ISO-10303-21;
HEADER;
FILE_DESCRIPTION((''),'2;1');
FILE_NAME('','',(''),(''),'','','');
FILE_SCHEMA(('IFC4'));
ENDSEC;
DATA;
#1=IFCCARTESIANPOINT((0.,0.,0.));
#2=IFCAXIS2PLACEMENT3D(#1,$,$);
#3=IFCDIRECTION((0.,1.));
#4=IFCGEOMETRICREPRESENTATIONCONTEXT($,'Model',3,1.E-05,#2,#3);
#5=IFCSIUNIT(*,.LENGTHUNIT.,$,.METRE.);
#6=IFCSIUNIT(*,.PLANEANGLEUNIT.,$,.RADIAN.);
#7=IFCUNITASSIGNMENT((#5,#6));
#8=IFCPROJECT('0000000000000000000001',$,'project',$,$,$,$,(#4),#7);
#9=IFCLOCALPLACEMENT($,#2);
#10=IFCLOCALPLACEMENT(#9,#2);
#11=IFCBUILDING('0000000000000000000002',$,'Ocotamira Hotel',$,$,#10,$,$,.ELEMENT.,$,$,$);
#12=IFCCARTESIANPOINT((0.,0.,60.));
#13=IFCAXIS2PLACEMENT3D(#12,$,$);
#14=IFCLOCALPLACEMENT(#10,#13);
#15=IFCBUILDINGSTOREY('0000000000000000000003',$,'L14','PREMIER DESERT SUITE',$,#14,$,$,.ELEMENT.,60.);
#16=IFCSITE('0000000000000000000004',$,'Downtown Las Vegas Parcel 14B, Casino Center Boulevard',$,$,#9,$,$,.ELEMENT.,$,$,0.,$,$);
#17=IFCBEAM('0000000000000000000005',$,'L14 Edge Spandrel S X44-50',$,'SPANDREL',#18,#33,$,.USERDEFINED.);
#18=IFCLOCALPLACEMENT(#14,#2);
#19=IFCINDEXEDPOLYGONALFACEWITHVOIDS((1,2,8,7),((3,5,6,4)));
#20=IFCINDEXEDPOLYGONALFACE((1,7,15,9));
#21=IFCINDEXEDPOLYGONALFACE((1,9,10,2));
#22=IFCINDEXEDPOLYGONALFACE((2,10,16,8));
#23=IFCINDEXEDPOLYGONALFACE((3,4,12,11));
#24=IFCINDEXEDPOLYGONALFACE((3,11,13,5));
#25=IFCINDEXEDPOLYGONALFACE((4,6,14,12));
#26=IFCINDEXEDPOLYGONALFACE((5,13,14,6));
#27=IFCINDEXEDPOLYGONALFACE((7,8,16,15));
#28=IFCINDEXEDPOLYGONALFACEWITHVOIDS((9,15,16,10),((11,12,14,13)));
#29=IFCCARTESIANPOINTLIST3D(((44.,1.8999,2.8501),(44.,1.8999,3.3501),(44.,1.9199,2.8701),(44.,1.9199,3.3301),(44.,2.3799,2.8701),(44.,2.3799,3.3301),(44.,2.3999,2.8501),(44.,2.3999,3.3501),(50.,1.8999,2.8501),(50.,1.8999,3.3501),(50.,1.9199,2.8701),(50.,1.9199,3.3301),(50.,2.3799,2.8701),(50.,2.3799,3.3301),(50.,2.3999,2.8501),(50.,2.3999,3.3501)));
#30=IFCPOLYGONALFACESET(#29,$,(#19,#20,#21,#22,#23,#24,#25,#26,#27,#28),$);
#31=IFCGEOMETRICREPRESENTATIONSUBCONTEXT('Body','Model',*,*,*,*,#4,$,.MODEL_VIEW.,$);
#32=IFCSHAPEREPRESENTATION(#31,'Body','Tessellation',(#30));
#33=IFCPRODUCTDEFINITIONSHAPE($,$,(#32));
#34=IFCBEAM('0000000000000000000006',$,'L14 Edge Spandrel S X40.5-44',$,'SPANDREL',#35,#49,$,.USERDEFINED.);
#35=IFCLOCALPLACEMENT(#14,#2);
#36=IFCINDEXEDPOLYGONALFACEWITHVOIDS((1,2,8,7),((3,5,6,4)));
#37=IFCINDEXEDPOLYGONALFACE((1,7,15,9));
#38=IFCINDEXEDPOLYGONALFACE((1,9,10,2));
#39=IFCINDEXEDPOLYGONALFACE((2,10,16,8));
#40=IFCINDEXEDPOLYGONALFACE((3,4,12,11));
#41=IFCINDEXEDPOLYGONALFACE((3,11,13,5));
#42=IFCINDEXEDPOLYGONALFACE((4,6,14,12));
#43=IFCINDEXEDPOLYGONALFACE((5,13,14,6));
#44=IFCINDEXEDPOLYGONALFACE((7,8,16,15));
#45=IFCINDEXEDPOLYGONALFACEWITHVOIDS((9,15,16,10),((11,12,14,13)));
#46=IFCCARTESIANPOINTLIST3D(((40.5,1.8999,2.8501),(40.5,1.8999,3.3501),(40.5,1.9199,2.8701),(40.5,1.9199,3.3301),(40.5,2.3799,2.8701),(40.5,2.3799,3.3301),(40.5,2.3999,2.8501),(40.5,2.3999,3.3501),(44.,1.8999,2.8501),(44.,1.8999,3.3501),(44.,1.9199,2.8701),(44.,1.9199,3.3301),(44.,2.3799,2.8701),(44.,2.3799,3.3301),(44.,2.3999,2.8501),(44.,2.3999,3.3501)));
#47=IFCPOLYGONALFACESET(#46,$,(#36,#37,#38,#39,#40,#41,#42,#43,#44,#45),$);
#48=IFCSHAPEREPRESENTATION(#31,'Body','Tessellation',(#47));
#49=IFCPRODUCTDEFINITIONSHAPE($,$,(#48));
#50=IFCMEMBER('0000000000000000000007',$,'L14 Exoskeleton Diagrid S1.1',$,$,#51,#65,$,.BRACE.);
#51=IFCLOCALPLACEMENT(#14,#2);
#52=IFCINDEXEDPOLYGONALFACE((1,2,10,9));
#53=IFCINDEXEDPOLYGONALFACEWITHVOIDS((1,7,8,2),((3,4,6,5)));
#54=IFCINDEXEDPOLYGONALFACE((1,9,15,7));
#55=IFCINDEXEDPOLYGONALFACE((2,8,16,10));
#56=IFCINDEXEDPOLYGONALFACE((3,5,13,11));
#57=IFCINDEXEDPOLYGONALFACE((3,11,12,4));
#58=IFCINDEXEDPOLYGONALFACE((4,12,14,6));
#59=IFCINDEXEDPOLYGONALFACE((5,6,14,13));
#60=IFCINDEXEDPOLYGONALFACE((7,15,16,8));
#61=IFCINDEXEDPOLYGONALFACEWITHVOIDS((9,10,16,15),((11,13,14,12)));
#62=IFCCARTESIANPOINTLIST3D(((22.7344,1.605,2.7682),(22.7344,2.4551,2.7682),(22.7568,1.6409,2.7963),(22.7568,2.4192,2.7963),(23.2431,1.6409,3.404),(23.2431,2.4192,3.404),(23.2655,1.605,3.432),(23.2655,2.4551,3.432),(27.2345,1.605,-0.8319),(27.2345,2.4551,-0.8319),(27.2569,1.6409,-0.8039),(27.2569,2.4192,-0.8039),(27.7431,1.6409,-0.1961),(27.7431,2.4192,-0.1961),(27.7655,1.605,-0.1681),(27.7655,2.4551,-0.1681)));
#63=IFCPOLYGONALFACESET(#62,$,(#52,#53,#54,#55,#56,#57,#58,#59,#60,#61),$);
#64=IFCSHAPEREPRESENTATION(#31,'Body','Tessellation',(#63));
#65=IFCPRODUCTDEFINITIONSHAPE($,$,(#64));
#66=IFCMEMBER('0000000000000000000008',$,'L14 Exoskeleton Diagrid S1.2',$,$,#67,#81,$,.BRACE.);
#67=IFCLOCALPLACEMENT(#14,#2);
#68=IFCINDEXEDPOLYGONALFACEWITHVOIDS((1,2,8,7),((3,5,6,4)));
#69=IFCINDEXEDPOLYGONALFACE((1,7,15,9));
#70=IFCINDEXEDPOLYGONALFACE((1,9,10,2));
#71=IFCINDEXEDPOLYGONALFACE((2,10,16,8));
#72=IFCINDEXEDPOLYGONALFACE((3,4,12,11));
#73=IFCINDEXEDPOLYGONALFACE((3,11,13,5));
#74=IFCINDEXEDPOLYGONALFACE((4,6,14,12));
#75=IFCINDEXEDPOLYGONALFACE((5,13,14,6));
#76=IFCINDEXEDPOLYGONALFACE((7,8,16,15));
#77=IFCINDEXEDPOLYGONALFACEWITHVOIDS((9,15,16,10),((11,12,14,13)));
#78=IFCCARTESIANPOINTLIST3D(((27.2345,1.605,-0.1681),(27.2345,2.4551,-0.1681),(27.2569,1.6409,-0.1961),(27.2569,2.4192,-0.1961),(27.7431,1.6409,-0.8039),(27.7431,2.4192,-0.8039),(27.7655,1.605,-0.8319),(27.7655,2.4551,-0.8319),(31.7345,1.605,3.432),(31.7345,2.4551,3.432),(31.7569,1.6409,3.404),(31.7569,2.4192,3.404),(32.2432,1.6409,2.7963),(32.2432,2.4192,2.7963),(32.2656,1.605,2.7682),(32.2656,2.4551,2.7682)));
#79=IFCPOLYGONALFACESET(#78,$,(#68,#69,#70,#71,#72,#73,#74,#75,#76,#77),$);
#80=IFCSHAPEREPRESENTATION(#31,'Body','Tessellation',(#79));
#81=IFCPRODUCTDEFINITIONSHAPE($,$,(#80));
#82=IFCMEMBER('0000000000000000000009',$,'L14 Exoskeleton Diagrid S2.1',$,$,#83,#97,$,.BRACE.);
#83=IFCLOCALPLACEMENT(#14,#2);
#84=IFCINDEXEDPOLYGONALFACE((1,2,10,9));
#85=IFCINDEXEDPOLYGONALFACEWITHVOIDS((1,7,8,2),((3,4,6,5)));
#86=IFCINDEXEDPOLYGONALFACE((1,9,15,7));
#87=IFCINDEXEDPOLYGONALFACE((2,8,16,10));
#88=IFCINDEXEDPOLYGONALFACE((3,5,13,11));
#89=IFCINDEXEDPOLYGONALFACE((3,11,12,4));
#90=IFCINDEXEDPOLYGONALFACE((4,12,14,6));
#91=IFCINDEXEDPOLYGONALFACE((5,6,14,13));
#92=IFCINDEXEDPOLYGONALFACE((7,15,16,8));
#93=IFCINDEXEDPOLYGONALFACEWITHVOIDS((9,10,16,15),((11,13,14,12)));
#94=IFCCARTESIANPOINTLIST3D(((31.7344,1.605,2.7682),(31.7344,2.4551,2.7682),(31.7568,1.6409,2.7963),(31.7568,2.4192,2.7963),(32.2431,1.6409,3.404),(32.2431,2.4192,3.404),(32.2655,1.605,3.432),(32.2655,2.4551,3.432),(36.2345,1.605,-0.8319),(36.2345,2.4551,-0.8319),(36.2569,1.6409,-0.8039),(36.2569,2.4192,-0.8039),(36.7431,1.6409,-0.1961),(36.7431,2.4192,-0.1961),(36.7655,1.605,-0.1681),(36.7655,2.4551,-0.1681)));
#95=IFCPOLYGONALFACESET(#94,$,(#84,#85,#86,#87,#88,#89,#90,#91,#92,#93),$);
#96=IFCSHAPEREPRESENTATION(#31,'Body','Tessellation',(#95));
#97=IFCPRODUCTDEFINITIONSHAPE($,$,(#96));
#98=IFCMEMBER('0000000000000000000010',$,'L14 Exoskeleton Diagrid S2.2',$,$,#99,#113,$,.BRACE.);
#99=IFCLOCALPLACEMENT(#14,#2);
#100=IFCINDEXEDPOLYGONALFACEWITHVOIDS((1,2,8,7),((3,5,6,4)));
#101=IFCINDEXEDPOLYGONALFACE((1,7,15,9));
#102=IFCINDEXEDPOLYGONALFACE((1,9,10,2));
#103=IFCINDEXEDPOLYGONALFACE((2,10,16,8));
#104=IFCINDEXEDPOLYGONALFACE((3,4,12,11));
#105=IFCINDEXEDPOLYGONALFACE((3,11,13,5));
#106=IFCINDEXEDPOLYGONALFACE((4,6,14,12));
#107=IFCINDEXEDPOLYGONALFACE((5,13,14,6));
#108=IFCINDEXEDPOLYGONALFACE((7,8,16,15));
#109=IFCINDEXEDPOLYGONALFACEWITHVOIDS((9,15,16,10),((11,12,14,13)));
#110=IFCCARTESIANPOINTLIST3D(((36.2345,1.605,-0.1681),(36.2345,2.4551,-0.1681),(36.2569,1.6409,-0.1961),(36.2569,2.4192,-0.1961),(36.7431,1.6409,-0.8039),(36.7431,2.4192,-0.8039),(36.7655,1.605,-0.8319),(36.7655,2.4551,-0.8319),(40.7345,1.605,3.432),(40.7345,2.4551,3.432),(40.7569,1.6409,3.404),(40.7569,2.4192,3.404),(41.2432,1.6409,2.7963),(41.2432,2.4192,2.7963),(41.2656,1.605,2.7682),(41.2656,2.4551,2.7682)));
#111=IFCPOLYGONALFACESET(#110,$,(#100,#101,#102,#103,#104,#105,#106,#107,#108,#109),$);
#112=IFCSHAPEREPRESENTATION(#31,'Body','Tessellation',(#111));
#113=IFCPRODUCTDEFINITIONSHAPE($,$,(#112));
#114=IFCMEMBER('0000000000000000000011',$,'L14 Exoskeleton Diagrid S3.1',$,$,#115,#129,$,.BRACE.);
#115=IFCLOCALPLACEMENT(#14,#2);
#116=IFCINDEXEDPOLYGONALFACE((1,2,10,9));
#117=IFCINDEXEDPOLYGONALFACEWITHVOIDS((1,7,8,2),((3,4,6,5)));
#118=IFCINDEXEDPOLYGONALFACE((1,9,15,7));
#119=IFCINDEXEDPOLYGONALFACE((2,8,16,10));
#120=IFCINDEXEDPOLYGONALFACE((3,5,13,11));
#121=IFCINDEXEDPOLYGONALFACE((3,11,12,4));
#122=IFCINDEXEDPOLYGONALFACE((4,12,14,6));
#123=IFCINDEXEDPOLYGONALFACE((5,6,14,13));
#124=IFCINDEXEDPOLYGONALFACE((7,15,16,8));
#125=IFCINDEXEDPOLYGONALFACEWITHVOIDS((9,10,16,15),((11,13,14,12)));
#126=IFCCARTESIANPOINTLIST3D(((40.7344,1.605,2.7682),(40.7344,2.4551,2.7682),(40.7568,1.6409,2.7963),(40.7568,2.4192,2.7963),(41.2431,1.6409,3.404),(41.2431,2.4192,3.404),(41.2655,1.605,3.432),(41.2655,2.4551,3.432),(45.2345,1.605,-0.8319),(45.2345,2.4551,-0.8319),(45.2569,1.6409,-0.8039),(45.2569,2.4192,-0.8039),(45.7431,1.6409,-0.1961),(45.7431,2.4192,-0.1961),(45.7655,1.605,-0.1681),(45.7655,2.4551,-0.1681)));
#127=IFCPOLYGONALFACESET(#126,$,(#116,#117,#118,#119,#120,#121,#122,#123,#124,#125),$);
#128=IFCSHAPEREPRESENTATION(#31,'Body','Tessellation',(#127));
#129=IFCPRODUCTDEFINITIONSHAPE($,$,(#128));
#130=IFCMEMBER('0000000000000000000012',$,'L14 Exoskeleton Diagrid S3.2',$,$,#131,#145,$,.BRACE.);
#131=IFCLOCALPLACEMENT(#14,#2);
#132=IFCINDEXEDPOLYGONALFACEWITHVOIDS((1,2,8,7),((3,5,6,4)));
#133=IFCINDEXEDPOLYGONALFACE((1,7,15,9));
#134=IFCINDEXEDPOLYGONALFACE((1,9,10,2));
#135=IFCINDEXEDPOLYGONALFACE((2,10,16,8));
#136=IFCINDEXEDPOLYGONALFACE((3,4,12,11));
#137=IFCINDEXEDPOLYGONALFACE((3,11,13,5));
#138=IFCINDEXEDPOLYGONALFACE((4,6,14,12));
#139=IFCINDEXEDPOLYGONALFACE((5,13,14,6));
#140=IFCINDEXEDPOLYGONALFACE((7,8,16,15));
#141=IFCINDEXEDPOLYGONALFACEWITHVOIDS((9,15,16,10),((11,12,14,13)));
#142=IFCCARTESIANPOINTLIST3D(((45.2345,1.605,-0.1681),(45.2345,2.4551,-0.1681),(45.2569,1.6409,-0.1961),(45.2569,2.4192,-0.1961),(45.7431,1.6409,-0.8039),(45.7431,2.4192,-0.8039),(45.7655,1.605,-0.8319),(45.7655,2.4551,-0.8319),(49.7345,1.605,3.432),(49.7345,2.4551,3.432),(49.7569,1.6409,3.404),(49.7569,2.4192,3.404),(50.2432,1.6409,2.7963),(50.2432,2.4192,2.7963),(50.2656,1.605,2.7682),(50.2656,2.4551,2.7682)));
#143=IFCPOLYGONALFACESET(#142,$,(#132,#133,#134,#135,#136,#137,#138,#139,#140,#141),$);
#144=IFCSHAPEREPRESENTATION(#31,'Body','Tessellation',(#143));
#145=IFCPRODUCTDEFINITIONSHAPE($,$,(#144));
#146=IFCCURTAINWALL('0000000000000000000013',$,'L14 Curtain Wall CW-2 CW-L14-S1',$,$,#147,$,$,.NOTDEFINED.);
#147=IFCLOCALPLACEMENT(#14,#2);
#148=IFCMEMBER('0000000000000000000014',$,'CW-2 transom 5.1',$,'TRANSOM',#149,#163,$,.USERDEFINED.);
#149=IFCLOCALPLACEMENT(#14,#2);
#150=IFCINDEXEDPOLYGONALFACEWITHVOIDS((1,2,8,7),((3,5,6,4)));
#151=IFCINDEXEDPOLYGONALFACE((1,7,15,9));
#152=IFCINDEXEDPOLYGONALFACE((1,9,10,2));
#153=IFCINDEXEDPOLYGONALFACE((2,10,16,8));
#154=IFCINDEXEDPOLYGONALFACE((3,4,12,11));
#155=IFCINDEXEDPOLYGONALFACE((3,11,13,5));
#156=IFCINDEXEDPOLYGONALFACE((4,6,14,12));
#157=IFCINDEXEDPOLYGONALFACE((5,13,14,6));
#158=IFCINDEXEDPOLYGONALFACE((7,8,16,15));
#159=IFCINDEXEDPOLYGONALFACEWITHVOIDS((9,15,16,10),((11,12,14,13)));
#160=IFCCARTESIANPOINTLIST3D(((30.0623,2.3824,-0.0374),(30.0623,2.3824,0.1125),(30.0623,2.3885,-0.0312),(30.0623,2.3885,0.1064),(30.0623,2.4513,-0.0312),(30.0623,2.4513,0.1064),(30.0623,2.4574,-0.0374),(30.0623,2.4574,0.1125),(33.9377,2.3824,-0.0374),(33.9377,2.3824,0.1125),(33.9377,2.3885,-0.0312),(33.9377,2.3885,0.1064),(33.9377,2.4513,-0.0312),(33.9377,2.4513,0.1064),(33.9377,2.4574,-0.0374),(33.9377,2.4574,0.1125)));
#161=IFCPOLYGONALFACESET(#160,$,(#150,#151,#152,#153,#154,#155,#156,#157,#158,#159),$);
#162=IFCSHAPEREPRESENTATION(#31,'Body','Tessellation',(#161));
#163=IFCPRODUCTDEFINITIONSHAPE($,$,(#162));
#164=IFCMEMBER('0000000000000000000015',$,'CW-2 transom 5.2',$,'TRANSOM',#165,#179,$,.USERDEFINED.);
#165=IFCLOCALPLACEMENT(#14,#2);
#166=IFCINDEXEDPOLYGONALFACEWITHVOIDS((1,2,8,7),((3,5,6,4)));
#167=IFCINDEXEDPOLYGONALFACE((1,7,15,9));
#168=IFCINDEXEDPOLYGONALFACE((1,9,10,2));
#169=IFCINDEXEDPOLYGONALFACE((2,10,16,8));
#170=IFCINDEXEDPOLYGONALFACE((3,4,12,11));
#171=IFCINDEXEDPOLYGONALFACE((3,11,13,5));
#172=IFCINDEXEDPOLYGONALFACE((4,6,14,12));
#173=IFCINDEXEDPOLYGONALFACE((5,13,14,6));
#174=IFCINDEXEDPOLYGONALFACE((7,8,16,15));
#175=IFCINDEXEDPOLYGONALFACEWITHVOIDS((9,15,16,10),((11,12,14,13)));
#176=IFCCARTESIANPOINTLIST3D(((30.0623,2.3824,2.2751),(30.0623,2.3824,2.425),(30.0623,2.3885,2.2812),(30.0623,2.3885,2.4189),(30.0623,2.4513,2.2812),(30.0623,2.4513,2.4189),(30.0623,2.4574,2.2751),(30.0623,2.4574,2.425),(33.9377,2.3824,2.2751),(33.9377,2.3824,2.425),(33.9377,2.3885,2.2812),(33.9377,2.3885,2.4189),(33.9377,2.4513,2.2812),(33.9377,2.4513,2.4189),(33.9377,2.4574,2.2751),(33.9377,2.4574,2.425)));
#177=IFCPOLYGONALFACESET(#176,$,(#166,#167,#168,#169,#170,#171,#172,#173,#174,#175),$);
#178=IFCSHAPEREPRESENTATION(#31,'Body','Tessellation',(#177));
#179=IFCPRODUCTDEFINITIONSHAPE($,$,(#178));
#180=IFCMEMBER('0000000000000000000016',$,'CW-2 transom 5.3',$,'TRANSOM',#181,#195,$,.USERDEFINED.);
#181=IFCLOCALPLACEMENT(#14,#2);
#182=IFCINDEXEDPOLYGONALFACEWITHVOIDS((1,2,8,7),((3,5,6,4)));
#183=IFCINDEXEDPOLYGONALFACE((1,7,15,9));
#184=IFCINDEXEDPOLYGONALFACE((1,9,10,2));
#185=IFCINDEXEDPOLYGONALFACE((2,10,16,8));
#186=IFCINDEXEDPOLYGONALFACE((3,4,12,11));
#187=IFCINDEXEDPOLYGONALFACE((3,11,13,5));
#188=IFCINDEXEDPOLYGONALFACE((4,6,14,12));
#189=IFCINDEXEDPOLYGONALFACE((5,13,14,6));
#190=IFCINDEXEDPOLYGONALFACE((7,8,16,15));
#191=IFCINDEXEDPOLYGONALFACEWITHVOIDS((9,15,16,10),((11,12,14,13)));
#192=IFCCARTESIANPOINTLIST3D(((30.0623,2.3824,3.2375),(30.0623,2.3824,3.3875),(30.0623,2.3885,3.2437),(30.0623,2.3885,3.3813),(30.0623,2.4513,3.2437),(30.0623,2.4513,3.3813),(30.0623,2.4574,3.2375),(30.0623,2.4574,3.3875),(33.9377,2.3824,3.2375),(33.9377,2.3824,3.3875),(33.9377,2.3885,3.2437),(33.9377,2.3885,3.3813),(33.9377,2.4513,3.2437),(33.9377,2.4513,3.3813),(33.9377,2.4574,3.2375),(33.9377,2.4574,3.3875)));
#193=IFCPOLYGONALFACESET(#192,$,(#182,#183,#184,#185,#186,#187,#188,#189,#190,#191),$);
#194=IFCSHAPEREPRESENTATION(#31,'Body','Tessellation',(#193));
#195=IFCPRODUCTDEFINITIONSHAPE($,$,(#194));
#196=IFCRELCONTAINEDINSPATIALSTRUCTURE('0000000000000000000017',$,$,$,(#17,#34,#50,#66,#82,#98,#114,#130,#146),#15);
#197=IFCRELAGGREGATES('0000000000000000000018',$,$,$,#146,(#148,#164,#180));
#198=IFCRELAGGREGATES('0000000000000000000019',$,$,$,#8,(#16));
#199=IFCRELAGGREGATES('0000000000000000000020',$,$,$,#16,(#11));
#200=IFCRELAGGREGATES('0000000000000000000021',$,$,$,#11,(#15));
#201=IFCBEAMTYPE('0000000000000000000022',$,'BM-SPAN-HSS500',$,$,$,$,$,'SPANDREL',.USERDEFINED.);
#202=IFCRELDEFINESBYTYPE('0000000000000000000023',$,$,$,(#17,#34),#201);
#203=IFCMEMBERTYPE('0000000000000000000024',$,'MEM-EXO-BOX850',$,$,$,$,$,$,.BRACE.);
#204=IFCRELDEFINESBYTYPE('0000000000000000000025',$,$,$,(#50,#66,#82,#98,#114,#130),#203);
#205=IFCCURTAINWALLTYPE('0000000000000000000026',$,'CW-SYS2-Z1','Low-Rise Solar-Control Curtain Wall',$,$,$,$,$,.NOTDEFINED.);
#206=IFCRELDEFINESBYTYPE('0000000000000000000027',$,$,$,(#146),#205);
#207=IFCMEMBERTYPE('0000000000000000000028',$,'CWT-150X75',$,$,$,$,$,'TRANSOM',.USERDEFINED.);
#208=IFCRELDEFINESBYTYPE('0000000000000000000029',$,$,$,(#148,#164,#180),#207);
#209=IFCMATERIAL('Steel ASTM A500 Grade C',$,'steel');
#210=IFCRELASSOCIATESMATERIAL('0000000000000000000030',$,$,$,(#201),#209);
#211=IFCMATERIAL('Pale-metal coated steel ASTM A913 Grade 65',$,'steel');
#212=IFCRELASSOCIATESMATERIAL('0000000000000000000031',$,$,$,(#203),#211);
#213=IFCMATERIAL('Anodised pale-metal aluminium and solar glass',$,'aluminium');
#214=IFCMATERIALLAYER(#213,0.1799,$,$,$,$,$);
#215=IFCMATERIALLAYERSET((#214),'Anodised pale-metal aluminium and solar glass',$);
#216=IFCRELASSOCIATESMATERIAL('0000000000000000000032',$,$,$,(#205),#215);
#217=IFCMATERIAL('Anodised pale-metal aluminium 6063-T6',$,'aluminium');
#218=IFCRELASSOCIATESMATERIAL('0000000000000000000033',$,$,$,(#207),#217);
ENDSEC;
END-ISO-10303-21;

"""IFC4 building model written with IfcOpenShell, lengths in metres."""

from ifc_helpers import new_model, si_unit, direction, frame, origin, origin_2d, place, context, subcontext, project, spatial, hollow_rectangle, extrude, source, transform, mapped, material, layer, layer_set, material_profile, profile_set, type_object, element, aggregate, save


model = new_model("IFC4")

# Units and contexts
model_context = context("Model", 3, precision=1e-05, world=origin(), true_north=direction((0.0, 1.0)))
body_context = subcontext(model_context, "Body", "Model", "MODEL_VIEW")
ifc_project = project(units=[si_unit("LENGTHUNIT", "METRE"), si_unit("PLANEANGLEUNIT", "RADIAN")], contexts=[model_context])

# Site, building, storey
site_placement = place(None, origin())
site = spatial("IfcSite", under=ifc_project, at=site_placement, Name="Downtown Las Vegas Parcel 14B, Casino Center Boulevard", CompositionType="ELEMENT", RefElevation=0.0)
building_placement = place(site_placement, origin())
building = spatial("IfcBuilding", under=site, at=building_placement, Name="Ocotamira Hotel", CompositionType="ELEMENT")
storey_placement = place(building_placement, frame((0.0, 0.0, 60.0)))
storey = spatial("IfcBuildingStorey", under=building, at=storey_placement, Name="L14", Description="PREMIER DESERT SUITE", CompositionType="ELEMENT", Elevation=60.0)

# Beams
ifc_material_1 = material(Name="Steel ASTM A500 Grade C", Category="steel")
ifc_material_profile_1 = material_profile(ifc_material_1, hollow_rectangle(XDim=0.5, YDim=0.5, WallThickness=0.02, at=origin_2d()), Name="HSS500X500X20")
ifc_profile_set_1 = profile_set([ifc_material_profile_1], Name="Steel ASTM A500 Grade C")
beam_type = type_object("IfcBeamType", Name="BM-SPAN-HSS500", ElementType="SPANDREL", PredefinedType="USERDEFINED", material=ifc_profile_set_1)
shared_shape_1 = source(origin(), body_context, "Body", "SweptSolid", [
    extrude(hollow_rectangle(XDim=0.5, YDim=0.5, WallThickness=0.02, at=origin_2d()), origin(), (0.0, 0.0, 1.0), 6.0),
])
beam_1_placement = place(storey_placement, frame((44.0, 2.1499, 3.1001), z_axis=(1.0, 0.0, 0.0), x_axis=(0.0, 1.0, 0.0)))
element("IfcBeam", 1, at=beam_1_placement, inside=storey, type_object=beam_type, Name="L14 Edge Spandrel S X44-50", ObjectType="SPANDREL", PredefinedType="USERDEFINED", context=body_context, shape_type="MappedRepresentation", body=[
    mapped(shared_shape_1, transform((0.0, 0.0, 0.0), scale=1.0)),
])
shared_shape_2 = source(origin(), body_context, "Body", "SweptSolid", [
    extrude(hollow_rectangle(XDim=0.5, YDim=0.5, WallThickness=0.02, at=origin_2d()), origin(), (0.0, 0.0, 1.0), 3.5),
])
beam_2_placement = place(storey_placement, frame((40.5, 2.1499, 3.1001), z_axis=(1.0, 0.0, 0.0), x_axis=(0.0, 1.0, 0.0)))
element("IfcBeam", 2, at=beam_2_placement, inside=storey, type_object=beam_type, Name="L14 Edge Spandrel S X40.5-44", ObjectType="SPANDREL", PredefinedType="USERDEFINED", context=body_context, shape_type="MappedRepresentation", body=[
    mapped(shared_shape_2, transform((0.0, 0.0, 0.0), scale=1.0)),
])

# Members
ifc_material_2 = material(Name="Pale-metal coated steel ASTM A913 Grade 65", Category="steel")
ifc_material_profile_2 = material_profile(ifc_material_2, hollow_rectangle(XDim=0.8501, YDim=0.8501, WallThickness=0.0359, at=origin_2d()), Name="BOX850X850X36")
ifc_profile_set_2 = profile_set([ifc_material_profile_2], Name="Pale-metal coated steel ASTM A913 Grade 65")
member_type_1 = type_object("IfcMemberType", Name="MEM-EXO-BOX850", PredefinedType="BRACE", material=ifc_profile_set_2)
shared_shape_3 = source(origin(), body_context, "Body", "SweptSolid", [
    extrude(hollow_rectangle(XDim=0.8501, YDim=0.8501, WallThickness=0.0359, at=origin_2d()), origin(), (0.0, 0.0, 1.0), 5.7629),
])
for number, where, z_axis, x_axis, name in (
    (3, (27.5, 2.03, -0.5), (-0.780861, 0.0, 0.624705), (0.0, -1.0, 0.0), "L14 Exoskeleton Diagrid S1.1"),
    (4, (27.5, 2.03, -0.5), (0.780861, 0.0, 0.624705), (0.0, 1.0, 0.0), "L14 Exoskeleton Diagrid S1.2"),
    (5, (36.5, 2.03, -0.5), (-0.780861, 0.0, 0.624705), (0.0, -1.0, 0.0), "L14 Exoskeleton Diagrid S2.1"),
    (6, (36.5, 2.03, -0.5), (0.780861, 0.0, 0.624705), (0.0, 1.0, 0.0), "L14 Exoskeleton Diagrid S2.2"),
    (7, (45.5, 2.03, -0.5), (-0.780861, 0.0, 0.624705), (0.0, -1.0, 0.0), "L14 Exoskeleton Diagrid S3.1"),
    (8, (45.5, 2.03, -0.5), (0.780861, 0.0, 0.624705), (0.0, 1.0, 0.0), "L14 Exoskeleton Diagrid S3.2"),
):
    element("IfcMember", number, at=place(storey_placement, frame(where, z_axis=z_axis, x_axis=x_axis)), inside=storey, type_object=member_type_1, Name=name, PredefinedType="BRACE", context=body_context, shape_type="MappedRepresentation", body=[
        mapped(shared_shape_3, transform((0.0, 0.0, 0.0), scale=1.0)),
    ])

# Curtain wall, members
ifc_material_3 = material(Name="Anodised pale-metal aluminium and solar glass", Category="aluminium")
ifc_layer_1 = layer(ifc_material_3, 0.1799)
ifc_layer_set_1 = layer_set([ifc_layer_1], Name="Anodised pale-metal aluminium and solar glass")
curtain_wall_type = type_object("IfcCurtainWallType", Name="CW-SYS2-Z1", Description="Low-Rise Solar-Control Curtain Wall", PredefinedType="NOTDEFINED", material=ifc_layer_set_1)
curtain_wall_placement = place(storey_placement, origin())
curtain_wall = element("IfcCurtainWall", 9, at=curtain_wall_placement, inside=storey, type_object=curtain_wall_type, Name="L14 Curtain Wall CW-2 CW-L14-S1", PredefinedType="NOTDEFINED")
ifc_material_4 = material(Name="Anodised pale-metal aluminium 6063-T6", Category="aluminium")
ifc_material_profile_3 = material_profile(ifc_material_4, hollow_rectangle(XDim=0.075, YDim=0.1499, WallThickness=0.0061, at=origin_2d()), Name="HSS150X75X6")
ifc_profile_set_3 = profile_set([ifc_material_profile_3], Name="Anodised pale-metal aluminium 6063-T6")
member_type_2 = type_object("IfcMemberType", Name="CWT-150X75", ElementType="TRANSOM", PredefinedType="USERDEFINED", material=ifc_profile_set_3)
shared_shape_4 = source(origin(), body_context, "Body", "SweptSolid", [
    extrude(hollow_rectangle(XDim=0.075, YDim=0.1499, WallThickness=0.0061, at=origin_2d()), origin(), (0.0, 0.0, 1.0), 3.8755),
])
member_1_placement = place(storey_placement, frame((30.0623, 2.4199, 0.0376), z_axis=(1.0, 0.0, 0.0), x_axis=(0.0, 1.0, 0.0)))
member_1 = element("IfcMember", 10, at=member_1_placement, type_object=member_type_2, Name="CW-2 transom 5.1", ObjectType="TRANSOM", PredefinedType="USERDEFINED", context=body_context, shape_type="MappedRepresentation", body=[
    mapped(shared_shape_4, transform((0.0, 0.0, 0.0), scale=1.0)),
])
member_2_placement = place(storey_placement, frame((30.0623, 2.4199, 2.3501), z_axis=(1.0, 0.0, 0.0), x_axis=(0.0, 1.0, 0.0)))
member_2 = element("IfcMember", 11, at=member_2_placement, type_object=member_type_2, Name="CW-2 transom 5.2", ObjectType="TRANSOM", PredefinedType="USERDEFINED", context=body_context, shape_type="MappedRepresentation", body=[
    mapped(shared_shape_4, transform((0.0, 0.0, 0.0), scale=1.0)),
])
member_3_placement = place(storey_placement, frame((30.0623, 2.4199, 3.3125), z_axis=(1.0, 0.0, 0.0), x_axis=(0.0, 1.0, 0.0)))
member_3 = element("IfcMember", 12, at=member_3_placement, type_object=member_type_2, Name="CW-2 transom 5.3", ObjectType="TRANSOM", PredefinedType="USERDEFINED", context=body_context, shape_type="MappedRepresentation", body=[
    mapped(shared_shape_4, transform((0.0, 0.0, 0.0), scale=1.0)),
])

aggregate(curtain_wall, [member_1, member_2, member_3])

save(model, "model.ifc")
